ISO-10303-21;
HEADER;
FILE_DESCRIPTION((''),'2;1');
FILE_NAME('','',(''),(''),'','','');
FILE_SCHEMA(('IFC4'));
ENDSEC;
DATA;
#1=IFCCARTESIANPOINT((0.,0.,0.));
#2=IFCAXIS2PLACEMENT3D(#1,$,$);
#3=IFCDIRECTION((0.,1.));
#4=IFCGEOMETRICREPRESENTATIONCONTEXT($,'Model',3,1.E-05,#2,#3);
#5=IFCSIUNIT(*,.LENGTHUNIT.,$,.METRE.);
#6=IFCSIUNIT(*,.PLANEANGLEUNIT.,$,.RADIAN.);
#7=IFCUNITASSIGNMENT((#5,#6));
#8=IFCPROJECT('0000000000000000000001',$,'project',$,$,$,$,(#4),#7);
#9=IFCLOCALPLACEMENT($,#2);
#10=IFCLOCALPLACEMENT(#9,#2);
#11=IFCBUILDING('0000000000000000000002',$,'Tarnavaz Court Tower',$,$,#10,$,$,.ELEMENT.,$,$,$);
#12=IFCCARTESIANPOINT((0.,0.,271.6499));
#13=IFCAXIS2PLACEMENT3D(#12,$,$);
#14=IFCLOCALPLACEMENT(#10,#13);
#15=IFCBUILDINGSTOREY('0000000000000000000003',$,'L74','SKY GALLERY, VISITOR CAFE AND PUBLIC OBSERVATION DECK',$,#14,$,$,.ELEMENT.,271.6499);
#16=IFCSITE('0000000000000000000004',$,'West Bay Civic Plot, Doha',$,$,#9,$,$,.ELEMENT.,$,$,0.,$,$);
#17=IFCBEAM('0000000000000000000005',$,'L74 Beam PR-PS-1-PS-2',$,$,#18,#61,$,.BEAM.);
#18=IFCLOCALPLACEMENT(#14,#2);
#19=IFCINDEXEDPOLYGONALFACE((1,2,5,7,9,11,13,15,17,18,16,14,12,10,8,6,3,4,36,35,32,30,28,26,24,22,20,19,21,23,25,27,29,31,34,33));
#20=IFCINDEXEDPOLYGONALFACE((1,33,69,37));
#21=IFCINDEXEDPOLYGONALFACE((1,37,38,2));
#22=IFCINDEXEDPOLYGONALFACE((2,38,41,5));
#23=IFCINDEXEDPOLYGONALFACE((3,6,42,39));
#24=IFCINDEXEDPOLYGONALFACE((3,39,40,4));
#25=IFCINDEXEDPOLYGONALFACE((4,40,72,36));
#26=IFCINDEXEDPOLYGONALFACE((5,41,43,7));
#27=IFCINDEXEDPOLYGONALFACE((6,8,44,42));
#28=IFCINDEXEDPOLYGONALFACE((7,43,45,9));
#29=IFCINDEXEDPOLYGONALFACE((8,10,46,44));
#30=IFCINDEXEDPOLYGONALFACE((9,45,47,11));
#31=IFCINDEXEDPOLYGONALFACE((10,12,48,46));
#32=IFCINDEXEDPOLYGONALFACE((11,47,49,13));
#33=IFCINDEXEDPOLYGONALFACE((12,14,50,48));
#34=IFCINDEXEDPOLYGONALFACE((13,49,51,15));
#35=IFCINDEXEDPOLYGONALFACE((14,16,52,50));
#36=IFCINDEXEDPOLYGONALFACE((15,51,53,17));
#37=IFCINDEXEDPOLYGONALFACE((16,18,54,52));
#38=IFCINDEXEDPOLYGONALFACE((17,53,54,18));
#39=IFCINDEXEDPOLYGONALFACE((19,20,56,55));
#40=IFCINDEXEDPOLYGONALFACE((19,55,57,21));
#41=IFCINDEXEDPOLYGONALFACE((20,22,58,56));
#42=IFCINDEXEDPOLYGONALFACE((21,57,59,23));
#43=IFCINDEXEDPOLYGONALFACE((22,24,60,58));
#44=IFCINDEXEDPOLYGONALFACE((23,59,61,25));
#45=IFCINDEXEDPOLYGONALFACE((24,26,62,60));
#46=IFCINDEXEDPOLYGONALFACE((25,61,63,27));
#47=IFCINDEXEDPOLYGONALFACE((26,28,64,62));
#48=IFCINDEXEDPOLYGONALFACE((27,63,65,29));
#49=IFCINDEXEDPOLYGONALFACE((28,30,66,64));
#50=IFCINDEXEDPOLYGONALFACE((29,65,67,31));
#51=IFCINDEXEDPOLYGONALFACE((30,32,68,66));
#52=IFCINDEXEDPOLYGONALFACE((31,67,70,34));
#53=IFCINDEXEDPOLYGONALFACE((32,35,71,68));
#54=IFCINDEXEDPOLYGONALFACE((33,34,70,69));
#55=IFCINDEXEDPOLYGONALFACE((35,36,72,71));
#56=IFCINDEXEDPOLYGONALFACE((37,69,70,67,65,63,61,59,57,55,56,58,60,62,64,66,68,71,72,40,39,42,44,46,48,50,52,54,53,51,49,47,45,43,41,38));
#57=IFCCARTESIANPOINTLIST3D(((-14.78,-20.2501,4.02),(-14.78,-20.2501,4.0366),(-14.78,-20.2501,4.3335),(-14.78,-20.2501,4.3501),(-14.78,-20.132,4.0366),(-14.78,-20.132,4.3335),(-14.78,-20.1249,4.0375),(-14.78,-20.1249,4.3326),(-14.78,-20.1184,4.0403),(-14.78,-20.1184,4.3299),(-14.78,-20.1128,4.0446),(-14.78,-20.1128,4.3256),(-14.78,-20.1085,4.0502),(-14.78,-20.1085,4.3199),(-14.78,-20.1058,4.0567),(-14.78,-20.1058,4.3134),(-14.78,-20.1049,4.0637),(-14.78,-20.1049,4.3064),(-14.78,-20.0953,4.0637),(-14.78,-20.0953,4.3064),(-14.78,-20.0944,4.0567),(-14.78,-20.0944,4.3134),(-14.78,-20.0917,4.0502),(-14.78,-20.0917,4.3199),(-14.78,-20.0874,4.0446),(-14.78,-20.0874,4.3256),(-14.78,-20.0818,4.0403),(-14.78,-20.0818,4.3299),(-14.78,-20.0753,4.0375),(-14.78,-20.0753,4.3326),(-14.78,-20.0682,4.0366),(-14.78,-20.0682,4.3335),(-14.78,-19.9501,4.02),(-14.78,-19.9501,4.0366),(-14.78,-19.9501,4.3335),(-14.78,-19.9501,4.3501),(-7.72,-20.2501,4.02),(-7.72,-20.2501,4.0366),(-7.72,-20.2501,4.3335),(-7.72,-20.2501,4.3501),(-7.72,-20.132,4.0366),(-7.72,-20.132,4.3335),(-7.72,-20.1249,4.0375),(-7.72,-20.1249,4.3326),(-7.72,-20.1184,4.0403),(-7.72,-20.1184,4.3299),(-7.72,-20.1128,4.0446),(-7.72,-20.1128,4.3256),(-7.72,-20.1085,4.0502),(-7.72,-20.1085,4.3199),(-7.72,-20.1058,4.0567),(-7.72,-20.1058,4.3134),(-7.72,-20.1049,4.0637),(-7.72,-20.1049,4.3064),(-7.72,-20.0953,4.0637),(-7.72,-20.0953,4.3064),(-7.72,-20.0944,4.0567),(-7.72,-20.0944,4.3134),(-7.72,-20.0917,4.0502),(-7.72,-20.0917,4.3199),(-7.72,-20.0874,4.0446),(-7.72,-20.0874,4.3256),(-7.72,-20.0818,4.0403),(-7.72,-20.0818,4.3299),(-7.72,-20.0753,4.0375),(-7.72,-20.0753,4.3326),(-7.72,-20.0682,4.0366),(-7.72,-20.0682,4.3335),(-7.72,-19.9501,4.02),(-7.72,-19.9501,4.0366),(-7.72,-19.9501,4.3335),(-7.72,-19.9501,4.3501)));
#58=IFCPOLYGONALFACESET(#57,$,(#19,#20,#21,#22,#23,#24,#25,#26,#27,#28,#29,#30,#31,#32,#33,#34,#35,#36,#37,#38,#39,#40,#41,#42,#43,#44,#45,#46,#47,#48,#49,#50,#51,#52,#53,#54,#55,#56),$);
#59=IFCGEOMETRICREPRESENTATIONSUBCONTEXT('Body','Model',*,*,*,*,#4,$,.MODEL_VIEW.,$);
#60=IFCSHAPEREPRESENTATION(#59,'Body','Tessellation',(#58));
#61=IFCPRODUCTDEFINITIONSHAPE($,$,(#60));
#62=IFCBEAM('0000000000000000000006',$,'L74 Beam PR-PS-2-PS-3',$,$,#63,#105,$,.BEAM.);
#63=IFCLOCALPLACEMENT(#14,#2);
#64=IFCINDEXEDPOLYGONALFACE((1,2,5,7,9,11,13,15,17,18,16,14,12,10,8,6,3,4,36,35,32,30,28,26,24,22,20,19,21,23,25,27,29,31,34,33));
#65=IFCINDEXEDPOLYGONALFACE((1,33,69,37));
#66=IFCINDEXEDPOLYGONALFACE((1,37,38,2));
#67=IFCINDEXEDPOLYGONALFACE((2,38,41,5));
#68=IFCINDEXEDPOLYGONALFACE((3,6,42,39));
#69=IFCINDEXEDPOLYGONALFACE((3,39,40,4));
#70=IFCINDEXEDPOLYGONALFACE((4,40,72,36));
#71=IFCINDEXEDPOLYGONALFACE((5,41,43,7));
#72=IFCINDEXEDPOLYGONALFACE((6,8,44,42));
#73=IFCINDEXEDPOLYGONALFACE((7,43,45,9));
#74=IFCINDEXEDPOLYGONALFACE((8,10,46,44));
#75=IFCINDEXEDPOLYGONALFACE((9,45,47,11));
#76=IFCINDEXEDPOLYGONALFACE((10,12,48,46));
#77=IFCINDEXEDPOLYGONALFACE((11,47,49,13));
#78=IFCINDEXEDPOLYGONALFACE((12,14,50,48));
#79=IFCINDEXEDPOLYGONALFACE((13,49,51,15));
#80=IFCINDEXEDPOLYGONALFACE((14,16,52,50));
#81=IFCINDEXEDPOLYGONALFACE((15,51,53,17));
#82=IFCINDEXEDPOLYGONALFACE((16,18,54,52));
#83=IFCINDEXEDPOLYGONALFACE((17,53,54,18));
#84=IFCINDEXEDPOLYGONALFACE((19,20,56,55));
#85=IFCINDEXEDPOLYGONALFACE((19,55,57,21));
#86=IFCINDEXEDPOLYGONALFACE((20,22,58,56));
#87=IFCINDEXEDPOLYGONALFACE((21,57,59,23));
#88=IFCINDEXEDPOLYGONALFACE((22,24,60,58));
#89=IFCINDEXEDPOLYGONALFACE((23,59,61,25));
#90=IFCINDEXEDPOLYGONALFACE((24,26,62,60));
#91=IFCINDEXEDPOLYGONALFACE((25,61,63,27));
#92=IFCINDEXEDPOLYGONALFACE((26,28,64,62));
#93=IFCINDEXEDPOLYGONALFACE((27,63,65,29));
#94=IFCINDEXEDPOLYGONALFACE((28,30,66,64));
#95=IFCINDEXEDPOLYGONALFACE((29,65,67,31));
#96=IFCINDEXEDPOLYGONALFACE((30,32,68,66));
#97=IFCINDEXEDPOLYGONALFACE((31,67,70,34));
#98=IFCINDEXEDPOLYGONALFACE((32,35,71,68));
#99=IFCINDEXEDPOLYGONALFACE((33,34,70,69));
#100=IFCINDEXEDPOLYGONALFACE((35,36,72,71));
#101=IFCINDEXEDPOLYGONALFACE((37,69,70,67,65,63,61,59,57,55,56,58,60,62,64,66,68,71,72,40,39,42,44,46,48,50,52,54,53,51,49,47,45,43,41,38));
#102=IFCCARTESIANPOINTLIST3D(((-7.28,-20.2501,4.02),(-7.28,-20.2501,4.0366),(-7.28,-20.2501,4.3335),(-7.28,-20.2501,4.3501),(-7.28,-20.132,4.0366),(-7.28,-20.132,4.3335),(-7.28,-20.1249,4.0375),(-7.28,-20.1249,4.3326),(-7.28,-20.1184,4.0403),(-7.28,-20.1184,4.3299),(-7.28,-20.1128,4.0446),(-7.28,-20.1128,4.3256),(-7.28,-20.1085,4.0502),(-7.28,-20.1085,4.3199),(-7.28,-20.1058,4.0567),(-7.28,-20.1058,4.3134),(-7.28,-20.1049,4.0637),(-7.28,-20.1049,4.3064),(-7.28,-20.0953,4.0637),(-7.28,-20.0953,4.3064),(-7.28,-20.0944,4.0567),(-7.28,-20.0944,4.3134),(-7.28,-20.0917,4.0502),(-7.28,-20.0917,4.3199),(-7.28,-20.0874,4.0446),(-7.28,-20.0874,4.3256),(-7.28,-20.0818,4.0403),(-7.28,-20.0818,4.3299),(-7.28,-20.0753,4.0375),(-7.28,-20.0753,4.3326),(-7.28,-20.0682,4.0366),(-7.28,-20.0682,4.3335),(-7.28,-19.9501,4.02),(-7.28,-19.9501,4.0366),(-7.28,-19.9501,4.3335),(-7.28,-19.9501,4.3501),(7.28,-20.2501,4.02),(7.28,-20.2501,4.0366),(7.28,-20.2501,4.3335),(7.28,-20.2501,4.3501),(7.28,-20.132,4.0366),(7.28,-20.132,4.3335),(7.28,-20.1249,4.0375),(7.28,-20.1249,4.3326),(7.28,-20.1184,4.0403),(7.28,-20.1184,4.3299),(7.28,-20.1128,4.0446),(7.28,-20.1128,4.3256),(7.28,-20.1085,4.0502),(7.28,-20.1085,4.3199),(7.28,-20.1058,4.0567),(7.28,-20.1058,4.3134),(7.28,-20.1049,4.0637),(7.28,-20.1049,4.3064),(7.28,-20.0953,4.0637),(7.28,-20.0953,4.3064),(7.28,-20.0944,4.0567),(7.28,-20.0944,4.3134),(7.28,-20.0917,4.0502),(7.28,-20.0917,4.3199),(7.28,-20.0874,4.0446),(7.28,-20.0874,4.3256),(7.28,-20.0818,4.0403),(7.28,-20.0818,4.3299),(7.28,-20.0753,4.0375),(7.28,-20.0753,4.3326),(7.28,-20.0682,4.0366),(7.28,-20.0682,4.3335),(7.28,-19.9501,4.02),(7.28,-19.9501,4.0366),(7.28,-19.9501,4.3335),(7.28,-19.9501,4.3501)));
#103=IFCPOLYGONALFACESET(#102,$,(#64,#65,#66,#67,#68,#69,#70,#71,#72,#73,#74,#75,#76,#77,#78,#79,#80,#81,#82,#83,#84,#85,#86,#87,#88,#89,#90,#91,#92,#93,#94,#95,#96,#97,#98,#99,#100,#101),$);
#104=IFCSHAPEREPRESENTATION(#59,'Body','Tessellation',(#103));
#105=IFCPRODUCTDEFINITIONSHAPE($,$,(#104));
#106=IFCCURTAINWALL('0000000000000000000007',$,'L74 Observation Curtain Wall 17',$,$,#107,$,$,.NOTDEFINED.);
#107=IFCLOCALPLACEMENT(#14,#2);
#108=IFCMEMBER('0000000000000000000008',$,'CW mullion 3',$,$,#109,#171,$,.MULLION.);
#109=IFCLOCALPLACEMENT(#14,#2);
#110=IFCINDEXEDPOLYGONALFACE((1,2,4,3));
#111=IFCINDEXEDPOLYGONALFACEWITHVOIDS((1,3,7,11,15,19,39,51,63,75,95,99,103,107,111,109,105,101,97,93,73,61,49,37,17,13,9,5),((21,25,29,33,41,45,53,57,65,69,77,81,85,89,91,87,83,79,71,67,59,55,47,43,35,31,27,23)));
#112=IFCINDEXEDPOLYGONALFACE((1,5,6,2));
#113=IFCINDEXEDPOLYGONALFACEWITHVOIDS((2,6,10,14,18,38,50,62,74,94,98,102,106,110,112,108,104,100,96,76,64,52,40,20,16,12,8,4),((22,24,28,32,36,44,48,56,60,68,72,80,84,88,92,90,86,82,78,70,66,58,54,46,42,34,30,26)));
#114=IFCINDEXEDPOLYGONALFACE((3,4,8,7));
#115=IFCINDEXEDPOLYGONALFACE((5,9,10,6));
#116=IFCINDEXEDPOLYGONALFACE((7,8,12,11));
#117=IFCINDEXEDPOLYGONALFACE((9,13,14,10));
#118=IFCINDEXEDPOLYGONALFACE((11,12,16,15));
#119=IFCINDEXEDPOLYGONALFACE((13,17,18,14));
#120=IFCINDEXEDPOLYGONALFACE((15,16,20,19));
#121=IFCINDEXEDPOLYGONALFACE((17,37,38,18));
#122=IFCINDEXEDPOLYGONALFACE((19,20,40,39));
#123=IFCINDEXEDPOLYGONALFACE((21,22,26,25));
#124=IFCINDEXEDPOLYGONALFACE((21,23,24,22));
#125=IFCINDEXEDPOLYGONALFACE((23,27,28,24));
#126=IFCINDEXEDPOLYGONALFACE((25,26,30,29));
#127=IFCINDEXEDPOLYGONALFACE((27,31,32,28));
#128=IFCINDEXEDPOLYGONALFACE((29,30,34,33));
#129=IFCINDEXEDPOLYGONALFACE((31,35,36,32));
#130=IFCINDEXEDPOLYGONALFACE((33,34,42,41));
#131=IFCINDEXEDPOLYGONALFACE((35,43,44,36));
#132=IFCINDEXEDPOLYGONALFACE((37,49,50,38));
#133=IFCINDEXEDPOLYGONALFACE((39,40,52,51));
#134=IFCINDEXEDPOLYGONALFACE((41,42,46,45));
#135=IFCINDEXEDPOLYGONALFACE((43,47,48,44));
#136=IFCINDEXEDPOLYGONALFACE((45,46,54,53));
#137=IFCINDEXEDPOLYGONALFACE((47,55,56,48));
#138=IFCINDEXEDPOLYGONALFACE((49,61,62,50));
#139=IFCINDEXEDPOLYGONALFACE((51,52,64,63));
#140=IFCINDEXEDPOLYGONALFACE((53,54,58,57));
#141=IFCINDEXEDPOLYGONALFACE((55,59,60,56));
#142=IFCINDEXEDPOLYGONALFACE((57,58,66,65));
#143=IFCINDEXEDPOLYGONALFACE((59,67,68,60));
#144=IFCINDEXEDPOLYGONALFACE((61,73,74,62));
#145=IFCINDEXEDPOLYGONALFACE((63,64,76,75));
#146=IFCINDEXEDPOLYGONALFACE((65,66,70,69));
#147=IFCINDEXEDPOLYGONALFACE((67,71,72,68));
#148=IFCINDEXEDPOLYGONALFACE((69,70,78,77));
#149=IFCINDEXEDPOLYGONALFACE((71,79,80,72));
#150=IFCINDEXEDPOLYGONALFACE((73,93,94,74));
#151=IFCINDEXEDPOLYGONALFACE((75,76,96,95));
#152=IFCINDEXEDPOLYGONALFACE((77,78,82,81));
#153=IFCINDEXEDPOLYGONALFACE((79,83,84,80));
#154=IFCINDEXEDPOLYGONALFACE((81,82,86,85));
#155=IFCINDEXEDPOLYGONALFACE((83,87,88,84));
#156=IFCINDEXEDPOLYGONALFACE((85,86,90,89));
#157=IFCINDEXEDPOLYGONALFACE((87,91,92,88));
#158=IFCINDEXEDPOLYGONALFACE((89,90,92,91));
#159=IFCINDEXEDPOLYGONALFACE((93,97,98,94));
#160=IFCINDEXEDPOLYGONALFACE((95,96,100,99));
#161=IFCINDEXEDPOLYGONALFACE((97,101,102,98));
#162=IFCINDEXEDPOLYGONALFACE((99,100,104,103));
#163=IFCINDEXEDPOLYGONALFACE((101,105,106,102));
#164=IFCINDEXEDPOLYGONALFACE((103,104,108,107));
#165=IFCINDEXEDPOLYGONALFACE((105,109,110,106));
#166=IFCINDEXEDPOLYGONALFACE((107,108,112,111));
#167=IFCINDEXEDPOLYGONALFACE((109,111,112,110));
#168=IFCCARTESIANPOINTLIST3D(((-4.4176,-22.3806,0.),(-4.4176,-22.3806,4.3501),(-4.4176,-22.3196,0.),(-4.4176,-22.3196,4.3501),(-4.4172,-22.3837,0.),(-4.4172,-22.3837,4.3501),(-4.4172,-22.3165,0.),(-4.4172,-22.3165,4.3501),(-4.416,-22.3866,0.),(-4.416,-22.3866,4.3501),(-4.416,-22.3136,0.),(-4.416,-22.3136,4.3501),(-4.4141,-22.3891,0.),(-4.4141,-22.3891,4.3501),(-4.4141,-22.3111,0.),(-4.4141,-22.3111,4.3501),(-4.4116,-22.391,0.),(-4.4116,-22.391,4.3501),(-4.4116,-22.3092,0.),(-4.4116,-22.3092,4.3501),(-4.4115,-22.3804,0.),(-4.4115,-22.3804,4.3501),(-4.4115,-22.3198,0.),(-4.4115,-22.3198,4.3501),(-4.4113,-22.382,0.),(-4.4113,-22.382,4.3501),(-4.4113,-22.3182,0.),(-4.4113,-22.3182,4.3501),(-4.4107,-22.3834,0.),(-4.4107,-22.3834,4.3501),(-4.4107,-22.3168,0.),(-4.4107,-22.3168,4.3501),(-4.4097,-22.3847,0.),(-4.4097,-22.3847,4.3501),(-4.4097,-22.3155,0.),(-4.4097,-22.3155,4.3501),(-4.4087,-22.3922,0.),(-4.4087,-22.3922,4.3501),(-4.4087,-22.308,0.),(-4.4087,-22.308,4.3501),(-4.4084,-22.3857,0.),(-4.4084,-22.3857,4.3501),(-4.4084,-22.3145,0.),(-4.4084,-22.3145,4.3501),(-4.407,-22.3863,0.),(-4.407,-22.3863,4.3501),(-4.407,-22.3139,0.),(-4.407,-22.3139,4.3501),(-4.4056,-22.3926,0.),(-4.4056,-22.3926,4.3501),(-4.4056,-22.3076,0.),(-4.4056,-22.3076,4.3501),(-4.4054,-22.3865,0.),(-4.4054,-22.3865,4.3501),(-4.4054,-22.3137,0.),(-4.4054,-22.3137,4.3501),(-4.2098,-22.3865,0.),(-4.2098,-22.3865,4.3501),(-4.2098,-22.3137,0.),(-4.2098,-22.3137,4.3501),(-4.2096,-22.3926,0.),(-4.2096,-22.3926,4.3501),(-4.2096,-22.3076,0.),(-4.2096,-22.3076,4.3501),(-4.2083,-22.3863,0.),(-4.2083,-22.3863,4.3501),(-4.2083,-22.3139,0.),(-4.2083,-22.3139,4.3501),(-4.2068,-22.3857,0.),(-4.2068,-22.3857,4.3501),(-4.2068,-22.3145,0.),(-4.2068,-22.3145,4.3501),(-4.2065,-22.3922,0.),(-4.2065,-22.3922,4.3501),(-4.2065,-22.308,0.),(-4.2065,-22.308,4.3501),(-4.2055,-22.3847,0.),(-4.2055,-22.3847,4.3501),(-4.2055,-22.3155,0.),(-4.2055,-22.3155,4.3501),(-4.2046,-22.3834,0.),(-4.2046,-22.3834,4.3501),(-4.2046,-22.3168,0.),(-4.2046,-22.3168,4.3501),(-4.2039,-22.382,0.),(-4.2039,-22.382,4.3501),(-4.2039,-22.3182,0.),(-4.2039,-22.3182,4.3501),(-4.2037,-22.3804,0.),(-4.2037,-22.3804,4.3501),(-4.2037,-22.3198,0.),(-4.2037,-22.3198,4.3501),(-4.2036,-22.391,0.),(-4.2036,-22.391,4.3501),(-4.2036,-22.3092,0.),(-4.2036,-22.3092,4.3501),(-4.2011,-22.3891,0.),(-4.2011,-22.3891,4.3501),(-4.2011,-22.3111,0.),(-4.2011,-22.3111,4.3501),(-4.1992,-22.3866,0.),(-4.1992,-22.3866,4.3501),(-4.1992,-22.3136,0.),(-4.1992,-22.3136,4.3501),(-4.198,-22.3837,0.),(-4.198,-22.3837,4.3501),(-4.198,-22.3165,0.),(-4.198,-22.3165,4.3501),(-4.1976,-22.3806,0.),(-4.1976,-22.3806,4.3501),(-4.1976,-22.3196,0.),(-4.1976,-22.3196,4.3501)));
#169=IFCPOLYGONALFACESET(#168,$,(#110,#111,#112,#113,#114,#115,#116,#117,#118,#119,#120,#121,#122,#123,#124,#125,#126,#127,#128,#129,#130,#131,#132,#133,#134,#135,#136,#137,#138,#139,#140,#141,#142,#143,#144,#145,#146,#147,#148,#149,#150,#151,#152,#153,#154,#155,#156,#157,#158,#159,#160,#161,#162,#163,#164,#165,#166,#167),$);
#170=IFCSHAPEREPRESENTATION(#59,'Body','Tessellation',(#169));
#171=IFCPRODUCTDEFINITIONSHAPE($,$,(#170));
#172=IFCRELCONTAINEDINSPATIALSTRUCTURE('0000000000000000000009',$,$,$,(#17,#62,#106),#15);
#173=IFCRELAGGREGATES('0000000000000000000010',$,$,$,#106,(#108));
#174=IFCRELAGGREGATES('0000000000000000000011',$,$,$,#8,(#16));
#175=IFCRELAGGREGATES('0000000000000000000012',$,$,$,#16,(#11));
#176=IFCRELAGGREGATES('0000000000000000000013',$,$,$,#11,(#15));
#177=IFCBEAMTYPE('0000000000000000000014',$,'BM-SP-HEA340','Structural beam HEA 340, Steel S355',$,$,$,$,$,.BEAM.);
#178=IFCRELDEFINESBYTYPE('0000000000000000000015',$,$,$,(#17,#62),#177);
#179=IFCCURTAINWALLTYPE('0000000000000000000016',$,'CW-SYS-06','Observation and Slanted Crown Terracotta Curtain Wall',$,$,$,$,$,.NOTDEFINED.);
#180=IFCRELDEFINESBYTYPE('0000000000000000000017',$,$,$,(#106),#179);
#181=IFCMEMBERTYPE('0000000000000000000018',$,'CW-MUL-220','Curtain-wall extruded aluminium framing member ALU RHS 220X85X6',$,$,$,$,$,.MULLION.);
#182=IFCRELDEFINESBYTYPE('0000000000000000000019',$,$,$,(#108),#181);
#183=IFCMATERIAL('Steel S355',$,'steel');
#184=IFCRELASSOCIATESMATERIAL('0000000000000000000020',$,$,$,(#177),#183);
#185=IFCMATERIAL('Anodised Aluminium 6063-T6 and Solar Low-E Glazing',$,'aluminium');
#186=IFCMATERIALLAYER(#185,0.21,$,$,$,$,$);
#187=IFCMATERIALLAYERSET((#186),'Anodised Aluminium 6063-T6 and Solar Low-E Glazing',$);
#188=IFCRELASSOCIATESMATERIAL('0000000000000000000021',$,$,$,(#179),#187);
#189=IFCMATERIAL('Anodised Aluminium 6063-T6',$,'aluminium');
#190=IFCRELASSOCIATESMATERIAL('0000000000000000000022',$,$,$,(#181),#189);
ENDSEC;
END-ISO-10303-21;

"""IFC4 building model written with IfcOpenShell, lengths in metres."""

from ifc_helpers import new_model, si_unit, direction, frame, origin, origin_2d, place, context, subcontext, project, spatial, hollow_rectangle, i_section, extrude, material, layer, layer_set, material_profile, profile_set, type_object, element, aggregate, save


model = new_model("IFC4")

# Units and contexts
model_context = context("Model", 3, precision=1e-05, world=origin(), true_north=direction((0.0, 1.0)))
body_context = subcontext(model_context, "Body", "Model", "MODEL_VIEW")
ifc_project = project(units=[si_unit("LENGTHUNIT", "METRE"), si_unit("PLANEANGLEUNIT", "RADIAN")], contexts=[model_context])

# Site, building, storey
site_placement = place(None, origin())
site = spatial("IfcSite", under=ifc_project, at=site_placement, Name="West Bay Civic Plot, Doha", CompositionType="ELEMENT", RefElevation=0.0)
building_placement = place(site_placement, origin())
building = spatial("IfcBuilding", under=site, at=building_placement, Name="Tarnavaz Court Tower", CompositionType="ELEMENT")
storey_placement = place(building_placement, frame((0.0, 0.0, 271.6499)))
storey = spatial("IfcBuildingStorey", under=building, at=storey_placement, Name="L74", Description="SKY GALLERY, VISITOR CAFE AND PUBLIC OBSERVATION DECK", CompositionType="ELEMENT", Elevation=271.6499)

# Beams
ifc_material_1 = material(Name="Steel S355", Category="steel")
ifc_material_profile_1 = material_profile(ifc_material_1, i_section(OverallWidth=0.3, OverallDepth=0.3301, WebThickness=0.0095, FlangeThickness=0.0166, FilletRadius=0.0271, at=origin_2d()), Name="HEA 340")
ifc_profile_set_1 = profile_set([ifc_material_profile_1], Name="Steel S355")
beam_type_1 = type_object("IfcBeamType", Name="BM-SP-HEA340", Description="Structural beam HEA 340, Steel S355", PredefinedType="BEAM", material=ifc_profile_set_1)
beam_1_placement = place(storey_placement, frame((-14.78, -20.1001, 4.1851), z_axis=(1.0, 0.0, 0.0), x_axis=(0.0, 1.0, 0.0)))
element("IfcBeam", 1, at=beam_1_placement, inside=storey, type_object=beam_type_1, Name="L74 Beam PR-PS-1-PS-2", PredefinedType="BEAM", context=body_context, shape_type="SweptSolid", body=[
    extrude(i_section(OverallWidth=0.3, OverallDepth=0.3301, WebThickness=0.0095, FlangeThickness=0.0166, FilletRadius=0.0271, at=origin_2d()), origin(), (0.0, 0.0, 1.0), 7.0601),
])
beam_2_placement = place(storey_placement, frame((-7.28, -20.1001, 4.1851), z_axis=(1.0, 0.0, 0.0), x_axis=(0.0, 1.0, 0.0)))
element("IfcBeam", 2, at=beam_2_placement, inside=storey, type_object=beam_type_1, Name="L74 Beam PR-PS-2-PS-3", PredefinedType="BEAM", context=body_context, shape_type="SweptSolid", body=[
    extrude(i_section(OverallWidth=0.3, OverallDepth=0.3301, WebThickness=0.0095, FlangeThickness=0.0166, FilletRadius=0.0271, at=origin_2d()), origin(), (0.0, 0.0, 1.0), 14.5601),
])

# Curtain wall, member
ifc_material_2 = material(Name="Anodised Aluminium 6063-T6 and Solar Low-E Glazing", Category="aluminium")
ifc_layer_1 = layer(ifc_material_2, 0.21)
ifc_layer_set_1 = layer_set([ifc_layer_1], Name="Anodised Aluminium 6063-T6 and Solar Low-E Glazing")
curtain_wall_type = type_object("IfcCurtainWallType", Name="CW-SYS-06", Description="Observation and Slanted Crown Terracotta Curtain Wall", PredefinedType="NOTDEFINED", material=ifc_layer_set_1)
curtain_wall_placement = place(storey_placement, origin())
curtain_wall = element("IfcCurtainWall", 3, at=curtain_wall_placement, inside=storey, type_object=curtain_wall_type, Name="L74 Observation Curtain Wall 17", PredefinedType="NOTDEFINED")
ifc_material_3 = material(Name="Anodised Aluminium 6063-T6", Category="aluminium")
ifc_material_profile_2 = material_profile(ifc_material_3, hollow_rectangle(XDim=0.085, YDim=0.22, WallThickness=0.0061, InnerFilletRadius=0.0061, OuterFilletRadius=0.012, at=origin_2d()), Name="ALU RHS 220X85X6")
ifc_profile_set_2 = profile_set([ifc_material_profile_2], Name="Anodised Aluminium 6063-T6")
member_type = type_object("IfcMemberType", Name="CW-MUL-220", Description="Curtain-wall extruded aluminium framing member ALU RHS 220X85X6", PredefinedType="MULLION", material=ifc_profile_set_2)
member_placement = place(storey_placement, frame((-4.3076, -22.3501, 0.0), z_axis=(0.0, 0.0, 1.0), x_axis=(0.0, -1.0, 0.0)))
member = element("IfcMember", 4, at=member_placement, type_object=member_type, Name="CW mullion 3", PredefinedType="MULLION", context=body_context, shape_type="SweptSolid", body=[
    extrude(hollow_rectangle(XDim=0.085, YDim=0.22, WallThickness=0.0061, InnerFilletRadius=0.0061, OuterFilletRadius=0.012, at=origin_2d()), origin(), (0.0, 0.0, 1.0), 4.3501),
])
aggregate(curtain_wall, [member])

save(model, "model.ifc")
